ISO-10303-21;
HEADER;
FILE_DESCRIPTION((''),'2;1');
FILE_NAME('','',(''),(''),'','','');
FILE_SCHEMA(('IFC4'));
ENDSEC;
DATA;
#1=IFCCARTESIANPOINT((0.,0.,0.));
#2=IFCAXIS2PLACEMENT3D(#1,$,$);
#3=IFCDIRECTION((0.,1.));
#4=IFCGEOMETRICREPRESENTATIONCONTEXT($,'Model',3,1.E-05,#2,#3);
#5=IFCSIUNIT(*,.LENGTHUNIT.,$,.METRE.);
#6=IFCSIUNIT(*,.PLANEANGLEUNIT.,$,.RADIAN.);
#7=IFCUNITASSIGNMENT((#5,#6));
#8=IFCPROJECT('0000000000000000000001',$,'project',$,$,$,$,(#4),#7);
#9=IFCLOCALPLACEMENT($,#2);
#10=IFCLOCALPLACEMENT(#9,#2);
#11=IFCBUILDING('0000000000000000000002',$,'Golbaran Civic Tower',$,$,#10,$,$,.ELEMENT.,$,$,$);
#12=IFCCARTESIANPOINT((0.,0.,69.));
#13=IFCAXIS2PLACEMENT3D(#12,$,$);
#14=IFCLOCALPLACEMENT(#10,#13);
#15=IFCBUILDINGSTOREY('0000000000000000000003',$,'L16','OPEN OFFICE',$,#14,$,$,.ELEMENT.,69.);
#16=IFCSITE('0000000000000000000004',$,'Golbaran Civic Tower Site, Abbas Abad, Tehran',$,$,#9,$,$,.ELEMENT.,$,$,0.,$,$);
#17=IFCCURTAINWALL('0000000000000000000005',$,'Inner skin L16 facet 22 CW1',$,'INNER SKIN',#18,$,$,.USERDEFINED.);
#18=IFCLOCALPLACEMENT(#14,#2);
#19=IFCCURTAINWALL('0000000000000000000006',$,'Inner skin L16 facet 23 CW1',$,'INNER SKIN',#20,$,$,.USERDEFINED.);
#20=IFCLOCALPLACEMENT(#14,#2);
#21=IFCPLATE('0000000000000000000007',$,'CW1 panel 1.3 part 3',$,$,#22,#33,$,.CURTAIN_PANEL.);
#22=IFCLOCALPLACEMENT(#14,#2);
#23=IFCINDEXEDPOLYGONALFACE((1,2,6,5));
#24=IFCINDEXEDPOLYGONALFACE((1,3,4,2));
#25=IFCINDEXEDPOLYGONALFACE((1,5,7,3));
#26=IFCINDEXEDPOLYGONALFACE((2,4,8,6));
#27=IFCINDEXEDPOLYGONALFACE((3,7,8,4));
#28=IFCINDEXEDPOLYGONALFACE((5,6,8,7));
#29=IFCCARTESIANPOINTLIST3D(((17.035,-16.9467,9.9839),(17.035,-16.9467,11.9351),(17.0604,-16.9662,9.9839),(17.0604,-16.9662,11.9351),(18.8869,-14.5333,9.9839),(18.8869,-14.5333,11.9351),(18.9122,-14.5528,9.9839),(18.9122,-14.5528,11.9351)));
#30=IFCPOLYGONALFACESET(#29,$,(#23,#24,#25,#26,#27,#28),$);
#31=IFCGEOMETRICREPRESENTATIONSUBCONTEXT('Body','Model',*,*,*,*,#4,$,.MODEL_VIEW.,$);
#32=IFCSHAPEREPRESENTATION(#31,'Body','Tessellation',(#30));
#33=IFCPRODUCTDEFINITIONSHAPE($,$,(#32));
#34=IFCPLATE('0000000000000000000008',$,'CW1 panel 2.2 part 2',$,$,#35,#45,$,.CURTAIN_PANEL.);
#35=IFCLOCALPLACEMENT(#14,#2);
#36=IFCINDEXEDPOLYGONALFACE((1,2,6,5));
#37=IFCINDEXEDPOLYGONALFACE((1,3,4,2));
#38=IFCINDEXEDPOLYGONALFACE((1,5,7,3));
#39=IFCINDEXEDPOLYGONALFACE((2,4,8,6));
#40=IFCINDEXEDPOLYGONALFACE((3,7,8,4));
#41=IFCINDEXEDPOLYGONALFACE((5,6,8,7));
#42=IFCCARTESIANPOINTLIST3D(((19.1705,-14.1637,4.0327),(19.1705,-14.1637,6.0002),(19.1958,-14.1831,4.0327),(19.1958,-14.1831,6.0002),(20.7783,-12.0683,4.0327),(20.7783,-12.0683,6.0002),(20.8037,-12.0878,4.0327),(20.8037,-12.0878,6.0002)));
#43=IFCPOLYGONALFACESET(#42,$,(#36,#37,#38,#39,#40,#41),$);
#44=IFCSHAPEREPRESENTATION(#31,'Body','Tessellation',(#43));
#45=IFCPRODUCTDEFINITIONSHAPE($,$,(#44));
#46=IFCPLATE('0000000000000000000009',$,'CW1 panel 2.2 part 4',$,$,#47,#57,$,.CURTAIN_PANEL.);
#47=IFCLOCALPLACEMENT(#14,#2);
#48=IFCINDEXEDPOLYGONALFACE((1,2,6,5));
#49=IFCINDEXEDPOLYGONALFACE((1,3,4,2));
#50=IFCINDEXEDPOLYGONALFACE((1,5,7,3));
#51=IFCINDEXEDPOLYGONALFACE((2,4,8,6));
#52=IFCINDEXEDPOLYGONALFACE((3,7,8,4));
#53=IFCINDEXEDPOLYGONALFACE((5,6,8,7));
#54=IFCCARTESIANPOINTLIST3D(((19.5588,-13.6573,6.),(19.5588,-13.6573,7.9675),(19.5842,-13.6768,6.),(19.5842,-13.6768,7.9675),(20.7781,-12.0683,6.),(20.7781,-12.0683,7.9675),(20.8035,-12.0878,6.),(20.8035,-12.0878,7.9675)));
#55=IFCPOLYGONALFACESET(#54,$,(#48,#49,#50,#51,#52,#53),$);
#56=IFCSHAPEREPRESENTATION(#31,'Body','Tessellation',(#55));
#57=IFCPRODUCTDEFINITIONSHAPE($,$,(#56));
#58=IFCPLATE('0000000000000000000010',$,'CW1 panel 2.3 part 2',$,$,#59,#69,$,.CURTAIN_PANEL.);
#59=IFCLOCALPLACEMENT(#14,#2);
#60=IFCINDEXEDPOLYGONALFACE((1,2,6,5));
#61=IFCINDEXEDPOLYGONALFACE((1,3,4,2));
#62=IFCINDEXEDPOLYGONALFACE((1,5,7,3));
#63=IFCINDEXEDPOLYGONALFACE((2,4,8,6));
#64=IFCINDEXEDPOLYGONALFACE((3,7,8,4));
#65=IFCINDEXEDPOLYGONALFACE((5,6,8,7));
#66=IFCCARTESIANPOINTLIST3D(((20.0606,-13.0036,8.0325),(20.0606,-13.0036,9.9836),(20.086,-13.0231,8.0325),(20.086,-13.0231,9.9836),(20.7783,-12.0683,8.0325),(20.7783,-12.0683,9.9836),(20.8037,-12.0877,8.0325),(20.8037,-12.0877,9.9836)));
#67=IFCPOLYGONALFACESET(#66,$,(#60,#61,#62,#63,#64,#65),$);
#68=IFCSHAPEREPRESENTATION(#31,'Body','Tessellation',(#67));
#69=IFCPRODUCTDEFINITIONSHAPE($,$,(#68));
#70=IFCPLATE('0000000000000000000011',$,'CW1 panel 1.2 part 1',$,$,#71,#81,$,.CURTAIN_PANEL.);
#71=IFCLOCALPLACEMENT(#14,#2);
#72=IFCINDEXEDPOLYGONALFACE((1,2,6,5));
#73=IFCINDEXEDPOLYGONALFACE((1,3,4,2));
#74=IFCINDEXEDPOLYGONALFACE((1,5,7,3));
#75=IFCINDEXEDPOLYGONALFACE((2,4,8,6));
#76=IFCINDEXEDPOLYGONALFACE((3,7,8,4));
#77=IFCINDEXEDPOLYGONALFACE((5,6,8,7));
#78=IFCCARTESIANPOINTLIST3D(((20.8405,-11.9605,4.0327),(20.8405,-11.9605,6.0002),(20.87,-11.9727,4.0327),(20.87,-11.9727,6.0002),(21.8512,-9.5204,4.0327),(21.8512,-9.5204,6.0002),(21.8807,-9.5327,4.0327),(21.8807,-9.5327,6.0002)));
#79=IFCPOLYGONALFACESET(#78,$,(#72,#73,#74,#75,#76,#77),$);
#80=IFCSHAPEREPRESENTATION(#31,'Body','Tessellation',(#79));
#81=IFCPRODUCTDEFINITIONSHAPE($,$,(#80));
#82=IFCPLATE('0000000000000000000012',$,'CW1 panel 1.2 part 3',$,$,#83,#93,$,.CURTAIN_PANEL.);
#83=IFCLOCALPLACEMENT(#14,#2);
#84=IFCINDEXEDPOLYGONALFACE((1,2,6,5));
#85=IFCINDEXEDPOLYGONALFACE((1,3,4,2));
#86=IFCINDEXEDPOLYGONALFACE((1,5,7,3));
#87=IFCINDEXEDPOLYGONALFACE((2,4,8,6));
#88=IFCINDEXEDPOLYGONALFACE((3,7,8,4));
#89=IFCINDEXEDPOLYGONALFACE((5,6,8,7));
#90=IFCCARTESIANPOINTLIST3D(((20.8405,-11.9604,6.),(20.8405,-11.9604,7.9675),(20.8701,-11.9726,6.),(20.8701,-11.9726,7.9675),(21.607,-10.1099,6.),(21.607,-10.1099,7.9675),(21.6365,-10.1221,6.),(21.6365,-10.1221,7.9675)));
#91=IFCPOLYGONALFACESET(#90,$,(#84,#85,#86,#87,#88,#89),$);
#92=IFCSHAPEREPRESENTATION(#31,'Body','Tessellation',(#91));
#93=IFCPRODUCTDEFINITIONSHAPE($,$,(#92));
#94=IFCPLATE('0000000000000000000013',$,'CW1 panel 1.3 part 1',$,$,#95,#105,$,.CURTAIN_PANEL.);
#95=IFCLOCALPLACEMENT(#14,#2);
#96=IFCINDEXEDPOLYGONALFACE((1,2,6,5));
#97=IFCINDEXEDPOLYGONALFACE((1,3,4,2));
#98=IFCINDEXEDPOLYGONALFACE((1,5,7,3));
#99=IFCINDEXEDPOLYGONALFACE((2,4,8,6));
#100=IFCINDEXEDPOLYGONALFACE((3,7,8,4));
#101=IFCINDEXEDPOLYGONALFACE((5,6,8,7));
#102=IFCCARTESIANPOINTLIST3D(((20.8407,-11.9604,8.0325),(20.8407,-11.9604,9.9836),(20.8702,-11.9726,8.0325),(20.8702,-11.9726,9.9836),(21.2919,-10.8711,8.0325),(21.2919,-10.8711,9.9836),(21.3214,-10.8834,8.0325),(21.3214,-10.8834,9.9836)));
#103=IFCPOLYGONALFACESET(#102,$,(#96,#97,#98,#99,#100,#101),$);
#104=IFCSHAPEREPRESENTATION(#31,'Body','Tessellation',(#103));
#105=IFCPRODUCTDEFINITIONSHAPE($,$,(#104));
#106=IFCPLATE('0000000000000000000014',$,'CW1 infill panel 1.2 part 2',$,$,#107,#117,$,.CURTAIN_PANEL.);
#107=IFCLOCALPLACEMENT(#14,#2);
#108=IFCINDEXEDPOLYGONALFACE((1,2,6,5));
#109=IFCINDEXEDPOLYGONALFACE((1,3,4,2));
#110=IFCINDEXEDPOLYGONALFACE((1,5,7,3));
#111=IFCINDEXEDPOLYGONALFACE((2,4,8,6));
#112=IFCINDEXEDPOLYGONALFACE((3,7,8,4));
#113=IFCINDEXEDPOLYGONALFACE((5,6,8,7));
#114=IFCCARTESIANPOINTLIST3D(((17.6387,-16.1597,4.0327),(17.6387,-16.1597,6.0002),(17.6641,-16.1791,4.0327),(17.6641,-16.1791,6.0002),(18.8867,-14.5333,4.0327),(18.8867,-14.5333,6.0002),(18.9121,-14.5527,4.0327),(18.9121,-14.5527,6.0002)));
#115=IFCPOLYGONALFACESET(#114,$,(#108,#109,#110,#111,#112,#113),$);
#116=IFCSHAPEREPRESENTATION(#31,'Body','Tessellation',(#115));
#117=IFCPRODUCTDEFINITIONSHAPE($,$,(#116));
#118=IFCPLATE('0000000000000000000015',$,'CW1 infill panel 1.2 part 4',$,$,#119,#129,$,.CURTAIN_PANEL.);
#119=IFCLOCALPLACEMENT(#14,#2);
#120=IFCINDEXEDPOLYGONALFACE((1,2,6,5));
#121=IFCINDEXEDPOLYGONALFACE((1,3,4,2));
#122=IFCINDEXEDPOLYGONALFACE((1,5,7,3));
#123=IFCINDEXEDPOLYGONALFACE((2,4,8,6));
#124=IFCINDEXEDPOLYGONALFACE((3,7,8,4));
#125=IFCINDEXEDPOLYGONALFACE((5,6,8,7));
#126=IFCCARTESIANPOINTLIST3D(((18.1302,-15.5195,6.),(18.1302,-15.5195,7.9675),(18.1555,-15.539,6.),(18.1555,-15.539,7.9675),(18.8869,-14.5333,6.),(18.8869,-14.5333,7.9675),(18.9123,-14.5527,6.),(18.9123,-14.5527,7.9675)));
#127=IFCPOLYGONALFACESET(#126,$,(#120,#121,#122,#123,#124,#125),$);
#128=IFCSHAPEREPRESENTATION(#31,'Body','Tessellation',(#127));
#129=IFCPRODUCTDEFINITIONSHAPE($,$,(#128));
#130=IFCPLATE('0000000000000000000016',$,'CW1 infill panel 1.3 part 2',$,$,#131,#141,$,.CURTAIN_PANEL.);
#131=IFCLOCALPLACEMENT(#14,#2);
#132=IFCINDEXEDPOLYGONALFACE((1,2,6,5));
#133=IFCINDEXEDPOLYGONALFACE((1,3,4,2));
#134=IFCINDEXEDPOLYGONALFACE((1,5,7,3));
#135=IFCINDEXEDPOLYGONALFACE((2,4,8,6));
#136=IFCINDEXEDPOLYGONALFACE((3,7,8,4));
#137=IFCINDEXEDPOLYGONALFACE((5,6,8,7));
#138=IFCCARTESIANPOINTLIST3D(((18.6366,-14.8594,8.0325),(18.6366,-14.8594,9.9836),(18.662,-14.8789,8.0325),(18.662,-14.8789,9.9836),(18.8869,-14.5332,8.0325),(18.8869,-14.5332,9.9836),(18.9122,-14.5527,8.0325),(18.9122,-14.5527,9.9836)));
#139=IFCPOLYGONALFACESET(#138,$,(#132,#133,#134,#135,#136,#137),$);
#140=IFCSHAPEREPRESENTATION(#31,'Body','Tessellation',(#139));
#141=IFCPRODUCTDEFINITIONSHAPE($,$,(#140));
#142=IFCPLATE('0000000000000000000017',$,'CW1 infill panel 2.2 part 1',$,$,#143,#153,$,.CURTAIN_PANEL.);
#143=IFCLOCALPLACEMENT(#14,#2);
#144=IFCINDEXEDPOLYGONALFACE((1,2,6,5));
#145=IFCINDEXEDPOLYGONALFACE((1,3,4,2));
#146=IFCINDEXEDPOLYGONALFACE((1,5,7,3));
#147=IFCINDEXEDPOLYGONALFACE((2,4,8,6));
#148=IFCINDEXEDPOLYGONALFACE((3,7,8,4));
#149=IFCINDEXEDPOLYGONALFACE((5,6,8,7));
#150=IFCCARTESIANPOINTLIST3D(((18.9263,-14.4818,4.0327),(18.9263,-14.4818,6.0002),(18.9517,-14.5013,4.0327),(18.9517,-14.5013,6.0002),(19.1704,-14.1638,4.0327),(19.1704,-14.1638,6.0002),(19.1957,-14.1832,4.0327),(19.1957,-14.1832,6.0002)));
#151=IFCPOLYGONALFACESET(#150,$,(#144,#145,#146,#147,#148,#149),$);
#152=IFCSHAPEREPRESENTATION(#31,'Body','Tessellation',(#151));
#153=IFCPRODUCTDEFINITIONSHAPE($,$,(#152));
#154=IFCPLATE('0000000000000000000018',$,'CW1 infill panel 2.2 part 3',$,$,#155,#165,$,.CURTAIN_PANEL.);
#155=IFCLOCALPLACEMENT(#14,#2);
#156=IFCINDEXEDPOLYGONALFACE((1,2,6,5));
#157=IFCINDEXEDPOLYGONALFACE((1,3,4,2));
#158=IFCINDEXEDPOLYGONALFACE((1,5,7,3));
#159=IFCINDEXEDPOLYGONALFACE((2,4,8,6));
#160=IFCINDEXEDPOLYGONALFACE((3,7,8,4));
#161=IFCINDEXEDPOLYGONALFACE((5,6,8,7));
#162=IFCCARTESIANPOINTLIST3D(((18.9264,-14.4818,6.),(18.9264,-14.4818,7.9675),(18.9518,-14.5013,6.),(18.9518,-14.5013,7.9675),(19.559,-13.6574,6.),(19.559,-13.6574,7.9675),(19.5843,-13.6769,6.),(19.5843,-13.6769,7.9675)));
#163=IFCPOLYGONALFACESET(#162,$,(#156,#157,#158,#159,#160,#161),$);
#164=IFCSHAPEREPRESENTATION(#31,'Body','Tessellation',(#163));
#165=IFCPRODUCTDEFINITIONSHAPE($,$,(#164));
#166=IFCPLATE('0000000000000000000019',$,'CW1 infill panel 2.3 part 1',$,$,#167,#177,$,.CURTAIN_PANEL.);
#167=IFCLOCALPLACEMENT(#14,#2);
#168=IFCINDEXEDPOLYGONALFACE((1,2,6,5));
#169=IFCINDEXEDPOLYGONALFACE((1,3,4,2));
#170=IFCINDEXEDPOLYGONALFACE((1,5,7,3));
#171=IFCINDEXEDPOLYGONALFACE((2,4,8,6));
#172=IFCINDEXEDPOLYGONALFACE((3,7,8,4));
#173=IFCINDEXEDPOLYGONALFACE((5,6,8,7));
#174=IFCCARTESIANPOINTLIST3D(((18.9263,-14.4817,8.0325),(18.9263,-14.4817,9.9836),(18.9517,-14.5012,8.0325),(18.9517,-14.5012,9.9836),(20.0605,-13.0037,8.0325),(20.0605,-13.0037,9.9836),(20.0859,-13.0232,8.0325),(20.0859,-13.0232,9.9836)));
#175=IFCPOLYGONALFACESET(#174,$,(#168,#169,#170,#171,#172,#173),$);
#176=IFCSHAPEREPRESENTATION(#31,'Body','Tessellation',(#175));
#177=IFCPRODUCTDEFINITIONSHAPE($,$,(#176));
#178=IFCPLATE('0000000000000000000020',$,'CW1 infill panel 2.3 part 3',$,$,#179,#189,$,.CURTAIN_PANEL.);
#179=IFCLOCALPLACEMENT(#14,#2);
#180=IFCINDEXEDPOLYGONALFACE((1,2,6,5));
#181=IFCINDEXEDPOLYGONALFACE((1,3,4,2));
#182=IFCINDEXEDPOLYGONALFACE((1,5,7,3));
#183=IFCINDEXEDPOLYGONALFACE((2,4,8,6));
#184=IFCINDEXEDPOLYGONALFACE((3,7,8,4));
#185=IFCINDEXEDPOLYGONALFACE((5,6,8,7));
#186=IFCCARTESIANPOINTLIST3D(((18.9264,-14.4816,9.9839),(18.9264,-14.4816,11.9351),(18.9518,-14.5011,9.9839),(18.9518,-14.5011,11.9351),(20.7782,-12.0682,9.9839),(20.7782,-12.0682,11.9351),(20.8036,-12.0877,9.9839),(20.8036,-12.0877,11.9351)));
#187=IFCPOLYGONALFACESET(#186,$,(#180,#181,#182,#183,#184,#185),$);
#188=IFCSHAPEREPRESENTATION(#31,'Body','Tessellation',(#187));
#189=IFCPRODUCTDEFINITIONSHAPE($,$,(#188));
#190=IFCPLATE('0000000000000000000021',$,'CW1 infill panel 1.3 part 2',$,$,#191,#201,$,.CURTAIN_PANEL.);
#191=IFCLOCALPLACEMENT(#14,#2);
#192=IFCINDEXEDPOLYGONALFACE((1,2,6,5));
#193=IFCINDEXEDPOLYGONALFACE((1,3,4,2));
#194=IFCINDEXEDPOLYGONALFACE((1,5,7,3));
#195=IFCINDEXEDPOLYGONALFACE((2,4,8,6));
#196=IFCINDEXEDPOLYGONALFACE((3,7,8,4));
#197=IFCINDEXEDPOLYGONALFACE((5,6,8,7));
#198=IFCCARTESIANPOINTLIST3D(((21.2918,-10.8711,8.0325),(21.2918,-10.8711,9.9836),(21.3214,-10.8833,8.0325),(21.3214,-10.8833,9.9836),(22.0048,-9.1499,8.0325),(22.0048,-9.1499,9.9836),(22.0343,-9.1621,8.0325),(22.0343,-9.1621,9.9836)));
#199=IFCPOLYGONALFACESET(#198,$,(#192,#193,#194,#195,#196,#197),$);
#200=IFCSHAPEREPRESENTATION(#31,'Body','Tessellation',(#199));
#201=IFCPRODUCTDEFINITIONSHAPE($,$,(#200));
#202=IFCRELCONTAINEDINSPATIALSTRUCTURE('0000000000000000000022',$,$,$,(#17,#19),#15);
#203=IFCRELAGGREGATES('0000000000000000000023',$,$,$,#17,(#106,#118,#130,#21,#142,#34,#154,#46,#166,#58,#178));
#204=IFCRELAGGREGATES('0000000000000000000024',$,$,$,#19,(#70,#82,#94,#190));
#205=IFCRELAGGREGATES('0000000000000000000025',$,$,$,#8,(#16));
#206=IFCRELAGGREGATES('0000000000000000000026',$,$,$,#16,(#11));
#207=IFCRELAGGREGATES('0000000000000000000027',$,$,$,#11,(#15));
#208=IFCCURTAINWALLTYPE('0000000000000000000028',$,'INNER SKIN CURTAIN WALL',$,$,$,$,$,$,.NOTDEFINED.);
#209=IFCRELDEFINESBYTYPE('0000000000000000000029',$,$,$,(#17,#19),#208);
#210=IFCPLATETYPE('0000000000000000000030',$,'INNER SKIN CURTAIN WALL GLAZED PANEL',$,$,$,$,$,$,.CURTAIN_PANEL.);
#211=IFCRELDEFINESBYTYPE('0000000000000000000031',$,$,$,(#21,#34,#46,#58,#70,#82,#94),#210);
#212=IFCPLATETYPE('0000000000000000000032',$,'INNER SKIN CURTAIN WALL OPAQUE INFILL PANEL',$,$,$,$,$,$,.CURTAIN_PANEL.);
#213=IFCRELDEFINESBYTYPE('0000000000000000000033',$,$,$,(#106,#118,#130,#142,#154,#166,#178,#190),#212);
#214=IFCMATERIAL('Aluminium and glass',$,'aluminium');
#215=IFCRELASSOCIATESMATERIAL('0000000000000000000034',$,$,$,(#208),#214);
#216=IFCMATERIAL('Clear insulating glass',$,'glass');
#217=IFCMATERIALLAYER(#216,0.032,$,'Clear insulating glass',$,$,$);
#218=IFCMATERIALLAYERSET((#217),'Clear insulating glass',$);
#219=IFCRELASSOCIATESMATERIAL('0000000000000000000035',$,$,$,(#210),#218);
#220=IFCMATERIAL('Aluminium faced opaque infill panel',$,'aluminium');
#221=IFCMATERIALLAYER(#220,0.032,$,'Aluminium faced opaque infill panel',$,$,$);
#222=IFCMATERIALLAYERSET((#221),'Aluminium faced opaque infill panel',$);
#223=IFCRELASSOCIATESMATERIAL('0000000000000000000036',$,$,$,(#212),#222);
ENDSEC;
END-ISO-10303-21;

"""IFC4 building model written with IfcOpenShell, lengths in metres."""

from ifc_helpers import new_model, si_unit, direction, frame, origin, origin_2d, place, context, subcontext, project, spatial, rectangle, extrude, material, layer, layer_set, type_object, element, aggregate, save


model = new_model("IFC4")

# Units and contexts
model_context = context("Model", 3, precision=1e-05, world=origin(), true_north=direction((0.0, 1.0)))
body_context = subcontext(model_context, "Body", "Model", "MODEL_VIEW")
ifc_project = project(units=[si_unit("LENGTHUNIT", "METRE"), si_unit("PLANEANGLEUNIT", "RADIAN")], contexts=[model_context])

# Site, building, storey
site_placement = place(None, origin())
site = spatial("IfcSite", under=ifc_project, at=site_placement, Name="Golbaran Civic Tower Site, Abbas Abad, Tehran", CompositionType="ELEMENT", RefElevation=0.0)
building_placement = place(site_placement, origin())
building = spatial("IfcBuilding", under=site, at=building_placement, Name="Golbaran Civic Tower", CompositionType="ELEMENT")
storey_placement = place(building_placement, frame((0.0, 0.0, 69.0)))
storey = spatial("IfcBuildingStorey", under=building, at=storey_placement, Name="L16", Description="OPEN OFFICE", CompositionType="ELEMENT", Elevation=69.0)

# Curtain walls
ifc_material_1 = material(Name="Aluminium and glass", Category="aluminium")
curtain_wall_type_1 = type_object("IfcCurtainWallType", Name="INNER SKIN CURTAIN WALL", PredefinedType="NOTDEFINED", material=ifc_material_1)
curtain_wall_1_placement = place(storey_placement, origin())
curtain_wall_1 = element("IfcCurtainWall", 1, at=curtain_wall_1_placement, inside=storey, type_object=curtain_wall_type_1, Name="Inner skin L16 facet 22 CW1", ObjectType="INNER SKIN", PredefinedType="USERDEFINED")
curtain_wall_2_placement = place(storey_placement, origin())
curtain_wall_2 = element("IfcCurtainWall", 2, at=curtain_wall_2_placement, inside=storey, type_object=curtain_wall_type_1, Name="Inner skin L16 facet 23 CW1", ObjectType="INNER SKIN", PredefinedType="USERDEFINED")

# Shared definitions
ifc_material_2 = material(Name="Clear insulating glass", Category="glass")
ifc_layer_1 = layer(ifc_material_2, 0.032, Name="Clear insulating glass")
ifc_layer_set_1 = layer_set([ifc_layer_1], Name="Clear insulating glass")
plate_type_1 = type_object("IfcPlateType", Name="INNER SKIN CURTAIN WALL GLAZED PANEL", PredefinedType="CURTAIN_PANEL", material=ifc_layer_set_1)

# Plates
plate_1_placement = place(storey_placement, frame((17.9736, -15.7498, 9.9839), z_axis=(0.0, 0.0, 1.0), x_axis=(0.608761, 0.793353, 0.0)))
plate_1 = element("IfcPlate", 3, at=plate_1_placement, type_object=plate_type_1, Name="CW1 panel 1.3 part 3", PredefinedType="CURTAIN_PANEL", context=body_context, shape_type="SweptSolid", body=[
    extrude(rectangle(XDim=3.042, YDim=0.032, at=origin_2d()), origin(), (0.0, 0.0, 1.0), 1.9512),
])
plate_2_placement = place(storey_placement, frame((19.9871, -13.1257, 4.0327), z_axis=(0.0, 0.0, 1.0), x_axis=(0.608761, 0.793353, 0.0)))
plate_2 = element("IfcPlate", 4, at=plate_2_placement, type_object=plate_type_1, Name="CW1 panel 2.2 part 2", PredefinedType="CURTAIN_PANEL", context=body_context, shape_type="SweptSolid", body=[
    extrude(rectangle(XDim=2.6411, YDim=0.032, at=origin_2d()), origin(), (0.0, 0.0, 1.0), 1.9675),
])
plate_3_placement = place(storey_placement, frame((20.1812, -12.8726, 6.0), z_axis=(0.0, 0.0, 1.0), x_axis=(0.608761, 0.793353, 0.0)))
plate_3 = element("IfcPlate", 5, at=plate_3_placement, type_object=plate_type_1, Name="CW1 panel 2.2 part 4", PredefinedType="CURTAIN_PANEL", context=body_context, shape_type="SweptSolid", body=[
    extrude(rectangle(XDim=2.0029, YDim=0.032, at=origin_2d()), origin(), (0.0, 0.0, 1.0), 1.9675),
])
plate_4_placement = place(storey_placement, frame((20.4321, -12.5457, 8.0325), z_axis=(0.0, 0.0, 1.0), x_axis=(0.608761, 0.793353, 0.0)))
plate_4 = element("IfcPlate", 6, at=plate_4_placement, type_object=plate_type_1, Name="CW1 panel 2.3 part 2", PredefinedType="CURTAIN_PANEL", context=body_context, shape_type="SweptSolid", body=[
    extrude(rectangle(XDim=1.179, YDim=0.032, at=origin_2d()), origin(), (0.0, 0.0, 1.0), 1.9512),
])
plate_5_placement = place(storey_placement, frame((21.3606, -10.7466, 4.0327), z_axis=(0.0, 0.0, 1.0), x_axis=(0.382683, 0.92388, 0.0)))
plate_5 = element("IfcPlate", 7, at=plate_5_placement, type_object=plate_type_1, Name="CW1 panel 1.2 part 1", PredefinedType="CURTAIN_PANEL", context=body_context, shape_type="SweptSolid", body=[
    extrude(rectangle(XDim=2.6411, YDim=0.032, at=origin_2d()), origin(), (0.0, 0.0, 1.0), 1.9675),
])
plate_6_placement = place(storey_placement, frame((21.2385, -11.0413, 6.0), z_axis=(0.0, 0.0, 1.0), x_axis=(0.382683, 0.92388, 0.0)))
plate_6 = element("IfcPlate", 8, at=plate_6_placement, type_object=plate_type_1, Name="CW1 panel 1.2 part 3", PredefinedType="CURTAIN_PANEL", context=body_context, shape_type="SweptSolid", body=[
    extrude(rectangle(XDim=2.0029, YDim=0.032, at=origin_2d()), origin(), (0.0, 0.0, 1.0), 1.9675),
])
plate_7_placement = place(storey_placement, frame((21.0811, -11.4219, 8.0325), z_axis=(0.0, 0.0, 1.0), x_axis=(0.382683, 0.92388, 0.0)))
plate_7 = element("IfcPlate", 9, at=plate_7_placement, type_object=plate_type_1, Name="CW1 panel 1.3 part 1", PredefinedType="CURTAIN_PANEL", context=body_context, shape_type="SweptSolid", body=[
    extrude(rectangle(XDim=1.179, YDim=0.032, at=origin_2d()), origin(), (0.0, 0.0, 1.0), 1.9512),
])
ifc_material_3 = material(Name="Aluminium faced opaque infill panel", Category="aluminium")
ifc_layer_2 = layer(ifc_material_3, 0.032, Name="Aluminium faced opaque infill panel")
ifc_layer_set_2 = layer_set([ifc_layer_2], Name="Aluminium faced opaque infill panel")
plate_type_2 = type_object("IfcPlateType", Name="INNER SKIN CURTAIN WALL OPAQUE INFILL PANEL", PredefinedType="CURTAIN_PANEL", material=ifc_layer_set_2)
plate_8_placement = place(storey_placement, frame((18.2754, -15.3562, 4.0327), z_axis=(0.0, 0.0, 1.0), x_axis=(0.608761, 0.793353, 0.0)))
plate_8 = element("IfcPlate", 10, at=plate_8_placement, type_object=plate_type_2, Name="CW1 infill panel 1.2 part 2", PredefinedType="CURTAIN_PANEL", context=body_context, shape_type="SweptSolid", body=[
    extrude(rectangle(XDim=2.05, YDim=0.032, at=origin_2d()), origin(), (0.0, 0.0, 1.0), 1.9675),
])
plate_9_placement = place(storey_placement, frame((18.5212, -15.0361, 6.0), z_axis=(0.0, 0.0, 1.0), x_axis=(0.608761, 0.793353, 0.0)))
plate_9 = element("IfcPlate", 11, at=plate_9_placement, type_object=plate_type_2, Name="CW1 infill panel 1.2 part 4", PredefinedType="CURTAIN_PANEL", context=body_context, shape_type="SweptSolid", body=[
    extrude(rectangle(XDim=1.2432, YDim=0.032, at=origin_2d()), origin(), (0.0, 0.0, 1.0), 1.9675),
])
plate_10_placement = place(storey_placement, frame((18.7744, -14.7061, 8.0325), z_axis=(0.0, 0.0, 1.0), x_axis=(0.608761, 0.793353, 0.0)))
plate_10 = element("IfcPlate", 12, at=plate_10_placement, type_object=plate_type_2, Name="CW1 infill panel 1.3 part 2", PredefinedType="CURTAIN_PANEL", context=body_context, shape_type="SweptSolid", body=[
    extrude(rectangle(XDim=0.4111, YDim=0.032, at=origin_2d()), origin(), (0.0, 0.0, 1.0), 1.9512),
])
plate_11_placement = place(storey_placement, frame((19.061, -14.3325, 4.0327), z_axis=(0.0, 0.0, 1.0), x_axis=(0.608761, 0.793353, 0.0)))
plate_11 = element("IfcPlate", 13, at=plate_11_placement, type_object=plate_type_2, Name="CW1 infill panel 2.2 part 1", PredefinedType="CURTAIN_PANEL", context=body_context, shape_type="SweptSolid", body=[
    extrude(rectangle(XDim=0.4009, YDim=0.032, at=origin_2d()), origin(), (0.0, 0.0, 1.0), 1.9675),
])
plate_12_placement = place(storey_placement, frame((19.2554, -14.0793, 6.0), z_axis=(0.0, 0.0, 1.0), x_axis=(0.608761, 0.793353, 0.0)))
plate_12 = element("IfcPlate", 14, at=plate_12_placement, type_object=plate_type_2, Name="CW1 infill panel 2.2 part 3", PredefinedType="CURTAIN_PANEL", context=body_context, shape_type="SweptSolid", body=[
    extrude(rectangle(XDim=1.0391, YDim=0.032, at=origin_2d()), origin(), (0.0, 0.0, 1.0), 1.9675),
])
plate_13_placement = place(storey_placement, frame((19.5061, -13.7524, 8.0325), z_axis=(0.0, 0.0, 1.0), x_axis=(0.608761, 0.793353, 0.0)))
plate_13 = element("IfcPlate", 15, at=plate_13_placement, type_object=plate_type_2, Name="CW1 infill panel 2.3 part 1", PredefinedType="CURTAIN_PANEL", context=body_context, shape_type="SweptSolid", body=[
    extrude(rectangle(XDim=1.863, YDim=0.032, at=origin_2d()), origin(), (0.0, 0.0, 1.0), 1.9512),
])
plate_14_placement = place(storey_placement, frame((19.865, -13.2847, 9.9839), z_axis=(0.0, 0.0, 1.0), x_axis=(0.608761, 0.793353, 0.0)))
plate_14 = element("IfcPlate", 16, at=plate_14_placement, type_object=plate_type_2, Name="CW1 infill panel 2.3 part 3", PredefinedType="CURTAIN_PANEL", context=body_context, shape_type="SweptSolid", body=[
    extrude(rectangle(XDim=3.042, YDim=0.032, at=origin_2d()), origin(), (0.0, 0.0, 1.0), 1.9512),
])
aggregate(curtain_wall_1, [plate_8, plate_9, plate_10, plate_1, plate_11, plate_2, plate_12, plate_3, plate_13, plate_4, plate_14])
plate_15_placement = place(storey_placement, frame((21.6631, -10.0166, 8.0325), z_axis=(0.0, 0.0, 1.0), x_axis=(0.382683, 0.92388, 0.0)))
plate_15 = element("IfcPlate", 17, at=plate_15_placement, type_object=plate_type_2, Name="CW1 infill panel 1.3 part 2", PredefinedType="CURTAIN_PANEL", context=body_context, shape_type="SweptSolid", body=[
    extrude(rectangle(XDim=1.863, YDim=0.032, at=origin_2d()), origin(), (0.0, 0.0, 1.0), 1.9512),
])
aggregate(curtain_wall_2, [plate_5, plate_6, plate_7, plate_15])

save(model, "model.ifc")
